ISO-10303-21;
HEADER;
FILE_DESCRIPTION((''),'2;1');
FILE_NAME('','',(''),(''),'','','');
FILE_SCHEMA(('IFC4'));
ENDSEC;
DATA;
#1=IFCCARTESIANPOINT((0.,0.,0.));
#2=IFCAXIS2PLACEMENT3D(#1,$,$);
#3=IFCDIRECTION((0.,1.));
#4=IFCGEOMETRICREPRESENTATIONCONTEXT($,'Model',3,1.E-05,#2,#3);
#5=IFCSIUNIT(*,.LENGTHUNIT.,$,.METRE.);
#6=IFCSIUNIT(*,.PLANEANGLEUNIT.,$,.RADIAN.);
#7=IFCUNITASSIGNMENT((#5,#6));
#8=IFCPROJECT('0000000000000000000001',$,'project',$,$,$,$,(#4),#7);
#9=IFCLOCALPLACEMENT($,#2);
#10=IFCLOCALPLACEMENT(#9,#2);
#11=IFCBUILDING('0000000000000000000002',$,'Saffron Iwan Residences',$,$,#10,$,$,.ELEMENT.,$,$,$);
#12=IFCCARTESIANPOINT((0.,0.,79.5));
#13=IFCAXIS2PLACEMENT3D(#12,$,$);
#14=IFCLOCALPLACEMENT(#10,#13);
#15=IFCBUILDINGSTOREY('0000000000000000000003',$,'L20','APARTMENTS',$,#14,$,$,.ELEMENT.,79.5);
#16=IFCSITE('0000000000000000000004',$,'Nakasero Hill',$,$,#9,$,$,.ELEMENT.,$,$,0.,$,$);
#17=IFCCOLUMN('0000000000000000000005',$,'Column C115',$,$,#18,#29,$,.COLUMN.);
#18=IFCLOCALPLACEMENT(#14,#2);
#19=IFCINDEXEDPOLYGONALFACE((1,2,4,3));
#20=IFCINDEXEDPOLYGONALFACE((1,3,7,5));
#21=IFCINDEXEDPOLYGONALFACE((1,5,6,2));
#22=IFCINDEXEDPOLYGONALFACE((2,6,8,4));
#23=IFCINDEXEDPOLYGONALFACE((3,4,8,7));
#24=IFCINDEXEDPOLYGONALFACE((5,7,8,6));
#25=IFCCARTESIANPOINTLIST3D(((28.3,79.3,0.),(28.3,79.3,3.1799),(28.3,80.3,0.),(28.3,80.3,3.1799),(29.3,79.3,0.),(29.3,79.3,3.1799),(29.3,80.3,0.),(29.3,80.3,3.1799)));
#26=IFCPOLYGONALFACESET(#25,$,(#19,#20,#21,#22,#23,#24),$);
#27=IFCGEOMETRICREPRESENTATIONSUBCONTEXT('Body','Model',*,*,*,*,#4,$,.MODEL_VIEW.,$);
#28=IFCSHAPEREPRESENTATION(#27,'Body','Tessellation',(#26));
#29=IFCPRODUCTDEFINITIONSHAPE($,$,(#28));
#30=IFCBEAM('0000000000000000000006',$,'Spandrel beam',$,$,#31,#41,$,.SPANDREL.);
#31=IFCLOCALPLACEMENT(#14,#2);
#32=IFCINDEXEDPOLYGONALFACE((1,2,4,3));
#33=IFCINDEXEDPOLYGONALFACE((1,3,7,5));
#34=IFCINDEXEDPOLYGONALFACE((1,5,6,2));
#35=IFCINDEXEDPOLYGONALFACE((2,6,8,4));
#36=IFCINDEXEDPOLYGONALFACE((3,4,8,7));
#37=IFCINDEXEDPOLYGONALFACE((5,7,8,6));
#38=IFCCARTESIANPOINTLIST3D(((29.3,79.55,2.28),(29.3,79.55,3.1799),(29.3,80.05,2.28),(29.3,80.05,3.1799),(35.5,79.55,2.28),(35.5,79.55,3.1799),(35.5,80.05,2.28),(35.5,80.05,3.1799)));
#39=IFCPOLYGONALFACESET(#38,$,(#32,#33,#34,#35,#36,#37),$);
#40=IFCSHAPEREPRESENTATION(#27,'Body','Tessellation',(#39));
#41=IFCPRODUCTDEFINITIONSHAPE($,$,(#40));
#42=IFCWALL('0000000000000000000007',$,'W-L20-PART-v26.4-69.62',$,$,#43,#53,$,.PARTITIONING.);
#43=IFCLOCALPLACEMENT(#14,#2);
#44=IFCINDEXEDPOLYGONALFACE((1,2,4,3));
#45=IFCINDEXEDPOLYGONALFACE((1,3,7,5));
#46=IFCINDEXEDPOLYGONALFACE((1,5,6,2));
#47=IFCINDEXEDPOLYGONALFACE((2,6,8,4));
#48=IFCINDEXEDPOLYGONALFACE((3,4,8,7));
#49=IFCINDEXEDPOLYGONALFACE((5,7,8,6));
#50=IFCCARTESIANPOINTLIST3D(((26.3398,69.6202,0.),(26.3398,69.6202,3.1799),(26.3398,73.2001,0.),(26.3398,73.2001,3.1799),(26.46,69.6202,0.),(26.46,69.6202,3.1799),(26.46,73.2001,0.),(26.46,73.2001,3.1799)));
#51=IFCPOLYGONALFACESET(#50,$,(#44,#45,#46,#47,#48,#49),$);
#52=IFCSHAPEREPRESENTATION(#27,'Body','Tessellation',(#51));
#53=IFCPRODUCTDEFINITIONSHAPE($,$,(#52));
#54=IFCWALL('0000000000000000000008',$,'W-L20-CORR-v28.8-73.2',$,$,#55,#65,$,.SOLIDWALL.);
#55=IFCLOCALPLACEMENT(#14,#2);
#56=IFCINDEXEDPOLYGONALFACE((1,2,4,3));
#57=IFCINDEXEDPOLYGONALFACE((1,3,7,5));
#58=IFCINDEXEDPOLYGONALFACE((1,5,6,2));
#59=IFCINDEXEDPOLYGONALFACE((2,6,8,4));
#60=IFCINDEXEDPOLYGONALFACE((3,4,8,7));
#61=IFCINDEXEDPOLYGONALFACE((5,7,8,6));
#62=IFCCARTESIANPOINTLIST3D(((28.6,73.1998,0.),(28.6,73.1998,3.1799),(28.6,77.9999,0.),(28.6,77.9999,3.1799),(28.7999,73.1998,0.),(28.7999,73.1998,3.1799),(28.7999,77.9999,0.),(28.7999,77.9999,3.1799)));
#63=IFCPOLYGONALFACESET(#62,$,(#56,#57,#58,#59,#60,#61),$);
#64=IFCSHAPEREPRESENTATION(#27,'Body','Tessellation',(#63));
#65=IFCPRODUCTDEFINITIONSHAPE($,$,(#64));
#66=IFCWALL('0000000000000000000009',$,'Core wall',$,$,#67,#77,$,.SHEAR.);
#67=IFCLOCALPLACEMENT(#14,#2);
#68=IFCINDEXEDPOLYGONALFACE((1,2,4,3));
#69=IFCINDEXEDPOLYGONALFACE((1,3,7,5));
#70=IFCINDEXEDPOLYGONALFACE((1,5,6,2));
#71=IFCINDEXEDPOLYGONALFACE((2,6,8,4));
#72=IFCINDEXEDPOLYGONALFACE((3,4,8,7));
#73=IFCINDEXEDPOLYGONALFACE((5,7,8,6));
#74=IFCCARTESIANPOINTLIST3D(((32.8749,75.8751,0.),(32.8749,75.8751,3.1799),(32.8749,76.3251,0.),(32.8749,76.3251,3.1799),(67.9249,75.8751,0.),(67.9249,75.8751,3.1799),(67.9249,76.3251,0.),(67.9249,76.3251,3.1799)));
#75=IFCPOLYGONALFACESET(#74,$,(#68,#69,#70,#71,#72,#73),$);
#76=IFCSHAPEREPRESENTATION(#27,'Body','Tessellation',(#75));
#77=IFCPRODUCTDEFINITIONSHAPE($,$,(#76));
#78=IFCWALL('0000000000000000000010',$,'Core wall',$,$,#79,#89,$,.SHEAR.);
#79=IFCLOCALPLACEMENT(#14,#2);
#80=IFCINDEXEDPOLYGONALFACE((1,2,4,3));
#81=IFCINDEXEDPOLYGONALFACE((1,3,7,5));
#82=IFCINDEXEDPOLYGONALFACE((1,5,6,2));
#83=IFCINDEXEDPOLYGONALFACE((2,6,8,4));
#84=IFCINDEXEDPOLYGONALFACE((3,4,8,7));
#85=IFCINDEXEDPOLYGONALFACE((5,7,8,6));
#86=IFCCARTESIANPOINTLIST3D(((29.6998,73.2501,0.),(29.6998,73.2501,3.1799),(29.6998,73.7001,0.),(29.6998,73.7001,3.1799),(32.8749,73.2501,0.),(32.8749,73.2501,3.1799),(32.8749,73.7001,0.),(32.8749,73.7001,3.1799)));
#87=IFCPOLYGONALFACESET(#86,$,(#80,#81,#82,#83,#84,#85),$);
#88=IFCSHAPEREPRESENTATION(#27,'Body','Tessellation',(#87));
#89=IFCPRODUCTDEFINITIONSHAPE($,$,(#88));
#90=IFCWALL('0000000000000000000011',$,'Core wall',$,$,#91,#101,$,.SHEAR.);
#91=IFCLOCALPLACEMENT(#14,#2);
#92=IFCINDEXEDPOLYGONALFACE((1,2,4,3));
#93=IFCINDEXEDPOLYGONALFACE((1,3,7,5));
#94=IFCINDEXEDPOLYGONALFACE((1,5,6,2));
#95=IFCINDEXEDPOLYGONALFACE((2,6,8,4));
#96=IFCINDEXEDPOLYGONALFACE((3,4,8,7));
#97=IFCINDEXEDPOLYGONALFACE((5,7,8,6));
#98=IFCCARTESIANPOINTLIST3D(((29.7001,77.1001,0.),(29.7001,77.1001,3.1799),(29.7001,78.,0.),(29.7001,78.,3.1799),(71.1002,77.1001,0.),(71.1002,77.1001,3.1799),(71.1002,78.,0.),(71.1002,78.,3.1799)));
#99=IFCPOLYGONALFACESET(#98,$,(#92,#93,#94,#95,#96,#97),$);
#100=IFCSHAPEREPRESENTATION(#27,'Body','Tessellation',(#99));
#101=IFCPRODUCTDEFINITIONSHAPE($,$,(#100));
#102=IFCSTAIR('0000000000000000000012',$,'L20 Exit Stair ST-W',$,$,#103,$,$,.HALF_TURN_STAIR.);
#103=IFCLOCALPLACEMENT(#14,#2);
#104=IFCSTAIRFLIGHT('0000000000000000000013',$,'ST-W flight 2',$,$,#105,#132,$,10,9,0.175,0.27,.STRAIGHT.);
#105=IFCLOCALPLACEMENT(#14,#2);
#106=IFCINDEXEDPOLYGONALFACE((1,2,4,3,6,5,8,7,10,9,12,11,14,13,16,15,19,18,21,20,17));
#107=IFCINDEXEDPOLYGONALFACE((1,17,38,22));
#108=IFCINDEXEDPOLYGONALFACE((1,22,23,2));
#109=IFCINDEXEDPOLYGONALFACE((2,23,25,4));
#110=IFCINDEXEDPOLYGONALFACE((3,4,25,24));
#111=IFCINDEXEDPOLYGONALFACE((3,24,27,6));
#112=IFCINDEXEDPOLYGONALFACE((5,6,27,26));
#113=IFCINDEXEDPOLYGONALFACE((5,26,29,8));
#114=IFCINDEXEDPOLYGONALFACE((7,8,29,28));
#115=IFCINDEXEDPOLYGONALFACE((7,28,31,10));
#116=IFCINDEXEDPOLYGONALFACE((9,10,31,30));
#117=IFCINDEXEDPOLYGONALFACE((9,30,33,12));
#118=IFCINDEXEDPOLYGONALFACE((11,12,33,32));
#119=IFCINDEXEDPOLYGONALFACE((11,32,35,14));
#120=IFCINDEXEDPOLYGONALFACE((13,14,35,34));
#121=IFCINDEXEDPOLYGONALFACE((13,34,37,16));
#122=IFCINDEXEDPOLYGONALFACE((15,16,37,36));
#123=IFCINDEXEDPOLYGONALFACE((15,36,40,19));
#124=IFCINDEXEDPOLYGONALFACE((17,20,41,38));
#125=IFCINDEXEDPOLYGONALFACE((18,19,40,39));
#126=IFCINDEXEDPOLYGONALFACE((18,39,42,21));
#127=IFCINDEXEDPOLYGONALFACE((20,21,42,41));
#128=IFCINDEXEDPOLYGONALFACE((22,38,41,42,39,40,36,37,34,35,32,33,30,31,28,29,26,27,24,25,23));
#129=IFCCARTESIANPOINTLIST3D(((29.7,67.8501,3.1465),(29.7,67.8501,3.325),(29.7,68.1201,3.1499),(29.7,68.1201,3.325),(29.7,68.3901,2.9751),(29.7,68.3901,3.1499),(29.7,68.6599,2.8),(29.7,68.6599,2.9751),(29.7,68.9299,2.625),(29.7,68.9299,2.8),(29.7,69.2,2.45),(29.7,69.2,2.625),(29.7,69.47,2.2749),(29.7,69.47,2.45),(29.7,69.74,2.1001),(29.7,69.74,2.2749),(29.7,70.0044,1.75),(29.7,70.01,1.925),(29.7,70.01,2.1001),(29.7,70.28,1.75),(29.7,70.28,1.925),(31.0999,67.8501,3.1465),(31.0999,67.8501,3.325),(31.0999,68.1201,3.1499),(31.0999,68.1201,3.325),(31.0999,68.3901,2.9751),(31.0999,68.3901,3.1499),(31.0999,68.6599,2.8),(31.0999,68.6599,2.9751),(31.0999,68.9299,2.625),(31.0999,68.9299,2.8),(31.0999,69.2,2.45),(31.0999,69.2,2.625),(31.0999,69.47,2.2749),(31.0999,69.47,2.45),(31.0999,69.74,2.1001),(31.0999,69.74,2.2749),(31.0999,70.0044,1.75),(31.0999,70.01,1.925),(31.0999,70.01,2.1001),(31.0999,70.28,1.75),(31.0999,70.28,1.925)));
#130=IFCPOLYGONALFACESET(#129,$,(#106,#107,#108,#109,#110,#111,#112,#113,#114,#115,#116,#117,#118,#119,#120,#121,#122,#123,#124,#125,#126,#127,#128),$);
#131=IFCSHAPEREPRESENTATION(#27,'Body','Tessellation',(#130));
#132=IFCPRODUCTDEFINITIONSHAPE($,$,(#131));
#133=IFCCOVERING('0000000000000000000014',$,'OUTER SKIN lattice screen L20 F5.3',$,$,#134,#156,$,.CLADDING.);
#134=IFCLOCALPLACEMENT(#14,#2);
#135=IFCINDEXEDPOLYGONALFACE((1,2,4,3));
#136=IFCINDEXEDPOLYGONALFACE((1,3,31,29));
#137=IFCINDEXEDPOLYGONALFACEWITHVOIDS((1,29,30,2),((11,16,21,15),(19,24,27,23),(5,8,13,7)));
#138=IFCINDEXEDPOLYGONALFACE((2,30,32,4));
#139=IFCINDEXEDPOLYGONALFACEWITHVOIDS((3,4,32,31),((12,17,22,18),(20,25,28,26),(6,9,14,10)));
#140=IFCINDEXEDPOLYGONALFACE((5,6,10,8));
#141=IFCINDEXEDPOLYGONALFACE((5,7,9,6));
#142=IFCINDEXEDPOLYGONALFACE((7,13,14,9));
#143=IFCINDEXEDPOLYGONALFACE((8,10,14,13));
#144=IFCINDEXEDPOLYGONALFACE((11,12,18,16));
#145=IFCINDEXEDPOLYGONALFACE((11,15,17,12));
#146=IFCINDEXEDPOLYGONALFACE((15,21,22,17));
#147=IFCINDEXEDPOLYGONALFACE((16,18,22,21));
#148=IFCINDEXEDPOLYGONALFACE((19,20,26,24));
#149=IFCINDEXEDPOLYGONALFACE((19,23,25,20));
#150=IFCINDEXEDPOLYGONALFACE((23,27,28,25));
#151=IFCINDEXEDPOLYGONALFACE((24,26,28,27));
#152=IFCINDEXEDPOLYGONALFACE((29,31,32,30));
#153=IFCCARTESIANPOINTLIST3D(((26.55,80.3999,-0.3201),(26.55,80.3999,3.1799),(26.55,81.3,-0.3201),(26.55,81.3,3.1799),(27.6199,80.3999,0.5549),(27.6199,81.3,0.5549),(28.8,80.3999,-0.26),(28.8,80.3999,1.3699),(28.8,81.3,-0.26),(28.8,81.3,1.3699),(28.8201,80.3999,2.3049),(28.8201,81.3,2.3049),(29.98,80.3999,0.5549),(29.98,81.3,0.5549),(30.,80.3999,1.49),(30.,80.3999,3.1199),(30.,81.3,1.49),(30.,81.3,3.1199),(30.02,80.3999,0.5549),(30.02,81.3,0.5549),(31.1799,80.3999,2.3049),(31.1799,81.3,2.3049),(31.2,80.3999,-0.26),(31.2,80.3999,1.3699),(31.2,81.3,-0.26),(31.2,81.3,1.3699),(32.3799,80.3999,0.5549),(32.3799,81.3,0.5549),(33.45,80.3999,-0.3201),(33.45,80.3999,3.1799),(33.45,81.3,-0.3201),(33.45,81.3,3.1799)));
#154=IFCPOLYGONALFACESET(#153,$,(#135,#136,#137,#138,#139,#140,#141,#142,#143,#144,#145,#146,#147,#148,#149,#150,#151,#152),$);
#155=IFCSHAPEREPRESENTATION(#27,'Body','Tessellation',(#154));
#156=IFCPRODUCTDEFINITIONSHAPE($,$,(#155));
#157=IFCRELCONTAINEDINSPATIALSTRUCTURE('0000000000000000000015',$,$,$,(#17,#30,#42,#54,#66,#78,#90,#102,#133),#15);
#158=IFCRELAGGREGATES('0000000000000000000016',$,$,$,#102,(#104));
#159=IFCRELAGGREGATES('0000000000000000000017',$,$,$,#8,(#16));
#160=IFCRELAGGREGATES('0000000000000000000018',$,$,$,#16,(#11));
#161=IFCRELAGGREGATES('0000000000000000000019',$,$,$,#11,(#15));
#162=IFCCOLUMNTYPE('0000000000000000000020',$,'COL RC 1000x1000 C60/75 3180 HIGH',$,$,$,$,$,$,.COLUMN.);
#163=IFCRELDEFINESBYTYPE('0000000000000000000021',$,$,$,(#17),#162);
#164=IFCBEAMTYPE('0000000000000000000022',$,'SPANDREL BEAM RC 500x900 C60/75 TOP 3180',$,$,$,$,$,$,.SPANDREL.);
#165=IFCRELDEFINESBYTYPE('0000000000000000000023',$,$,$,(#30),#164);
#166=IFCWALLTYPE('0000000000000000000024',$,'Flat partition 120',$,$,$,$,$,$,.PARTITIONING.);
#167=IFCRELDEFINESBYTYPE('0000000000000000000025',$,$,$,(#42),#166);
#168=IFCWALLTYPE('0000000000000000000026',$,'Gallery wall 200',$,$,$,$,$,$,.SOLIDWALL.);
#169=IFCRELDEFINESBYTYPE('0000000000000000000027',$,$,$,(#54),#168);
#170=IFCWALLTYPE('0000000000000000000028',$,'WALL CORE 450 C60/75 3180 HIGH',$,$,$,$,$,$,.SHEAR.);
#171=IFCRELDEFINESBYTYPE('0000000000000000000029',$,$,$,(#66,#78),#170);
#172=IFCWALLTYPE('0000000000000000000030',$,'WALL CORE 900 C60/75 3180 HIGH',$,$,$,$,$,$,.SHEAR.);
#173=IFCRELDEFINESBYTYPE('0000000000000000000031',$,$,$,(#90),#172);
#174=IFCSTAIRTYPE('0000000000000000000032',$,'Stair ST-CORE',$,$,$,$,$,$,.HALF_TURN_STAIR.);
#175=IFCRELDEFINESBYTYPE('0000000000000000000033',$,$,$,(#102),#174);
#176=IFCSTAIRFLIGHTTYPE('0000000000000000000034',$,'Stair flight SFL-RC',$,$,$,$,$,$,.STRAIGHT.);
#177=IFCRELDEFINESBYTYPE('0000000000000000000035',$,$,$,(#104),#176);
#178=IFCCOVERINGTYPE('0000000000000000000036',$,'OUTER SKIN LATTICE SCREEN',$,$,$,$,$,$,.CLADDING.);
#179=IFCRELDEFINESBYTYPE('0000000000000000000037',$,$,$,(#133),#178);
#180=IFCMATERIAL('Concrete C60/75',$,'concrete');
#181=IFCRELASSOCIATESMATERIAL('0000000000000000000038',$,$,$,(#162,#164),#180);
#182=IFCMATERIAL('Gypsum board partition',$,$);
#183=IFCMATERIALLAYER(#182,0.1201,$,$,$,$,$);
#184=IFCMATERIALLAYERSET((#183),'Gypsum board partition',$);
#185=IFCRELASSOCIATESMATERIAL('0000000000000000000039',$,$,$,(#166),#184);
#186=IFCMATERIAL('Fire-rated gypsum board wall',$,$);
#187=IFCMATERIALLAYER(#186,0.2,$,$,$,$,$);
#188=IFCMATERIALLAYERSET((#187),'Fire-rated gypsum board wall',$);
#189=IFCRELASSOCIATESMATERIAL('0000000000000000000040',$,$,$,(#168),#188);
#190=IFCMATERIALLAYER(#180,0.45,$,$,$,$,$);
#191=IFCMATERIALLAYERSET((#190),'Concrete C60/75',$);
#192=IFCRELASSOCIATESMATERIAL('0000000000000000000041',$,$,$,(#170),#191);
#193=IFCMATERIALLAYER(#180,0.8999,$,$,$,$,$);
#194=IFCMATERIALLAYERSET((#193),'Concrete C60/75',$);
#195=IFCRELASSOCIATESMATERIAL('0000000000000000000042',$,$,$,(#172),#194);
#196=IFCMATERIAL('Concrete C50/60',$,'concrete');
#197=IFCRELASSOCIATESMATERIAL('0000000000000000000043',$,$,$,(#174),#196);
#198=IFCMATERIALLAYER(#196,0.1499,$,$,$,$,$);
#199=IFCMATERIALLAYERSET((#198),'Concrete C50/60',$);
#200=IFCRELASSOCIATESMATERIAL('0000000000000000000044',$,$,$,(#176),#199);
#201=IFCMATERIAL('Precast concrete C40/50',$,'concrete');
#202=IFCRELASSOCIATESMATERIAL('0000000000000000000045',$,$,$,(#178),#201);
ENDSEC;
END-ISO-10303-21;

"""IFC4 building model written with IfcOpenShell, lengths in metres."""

from ifc_helpers import new_model, si_unit, direction, frame, frame_2d, origin, origin_2d, place, context, subcontext, project, spatial, polyline, rectangle, outline, extrude, source, transform, mapped, material, layer, layer_set, material_profile, profile_set, type_object, element, aggregate, save


model = new_model("IFC4")

# Units and contexts
model_context = context("Model", 3, precision=1e-05, world=origin(), true_north=direction((0.0, 1.0)))
body_context = subcontext(model_context, "Body", "Model", "MODEL_VIEW")
ifc_project = project(units=[si_unit("LENGTHUNIT", "METRE"), si_unit("PLANEANGLEUNIT", "RADIAN")], contexts=[model_context])

# Site, building, storey
site_placement = place(None, origin())
site = spatial("IfcSite", under=ifc_project, at=site_placement, Name="Nakasero Hill", CompositionType="ELEMENT", RefElevation=0.0)
building_placement = place(site_placement, origin())
building = spatial("IfcBuilding", under=site, at=building_placement, Name="Saffron Iwan Residences", CompositionType="ELEMENT")
storey_placement = place(building_placement, frame((0.0, 0.0, 79.5)))
storey = spatial("IfcBuildingStorey", under=building, at=storey_placement, Name="L20", Description="APARTMENTS", CompositionType="ELEMENT", Elevation=79.5)

# Column
ifc_material_1 = material(Name="Concrete C60/75", Category="concrete")
ifc_material_profile_1 = material_profile(ifc_material_1, rectangle(XDim=1.0, YDim=1.0, at=origin_2d()), Name="RC 1000x1000")
ifc_profile_set_1 = profile_set([ifc_material_profile_1], Name="Concrete C60/75")
column_type = type_object("IfcColumnType", Name="COL RC 1000x1000 C60/75 3180 HIGH", PredefinedType="COLUMN", material=ifc_profile_set_1)
shared_shape_1 = source(origin(), body_context, "Body", "SweptSolid", [
    extrude(rectangle(XDim=1.0, YDim=1.0, at=origin_2d()), origin(), (0.0, 0.0, 1.0), 3.1799),
])
column_placement = place(storey_placement, frame((28.8, 79.8, 0.0), z_axis=(0.0, 0.0, 1.0), x_axis=(1.0, 0.0, 0.0)))
element("IfcColumn", 1, at=column_placement, inside=storey, type_object=column_type, Name="Column C115", PredefinedType="COLUMN", context=body_context, shape_type="MappedRepresentation", body=[
    mapped(shared_shape_1, transform((0.0, 0.0, 0.0))),
])

# Beam
ifc_material_profile_2 = material_profile(ifc_material_1, rectangle(XDim=0.5, YDim=0.8999, at=origin_2d()), Name="RC 500x900")
ifc_profile_set_2 = profile_set([ifc_material_profile_2], Name="Concrete C60/75")
beam_type = type_object("IfcBeamType", Name="SPANDREL BEAM RC 500x900 C60/75 TOP 3180", PredefinedType="SPANDREL", material=ifc_profile_set_2)
shared_shape_2 = source(origin(), body_context, "Body", "SweptSolid", [
    extrude(rectangle(XDim=0.5, YDim=0.8999, at=origin_2d()), origin(), (0.0, 0.0, 1.0), 6.2),
])
beam_placement = place(storey_placement, frame((29.3, 79.8, 2.73), z_axis=(1.0, 0.0, 0.0), x_axis=(0.0, 1.0, 0.0)))
element("IfcBeam", 2, at=beam_placement, inside=storey, type_object=beam_type, Name="Spandrel beam", PredefinedType="SPANDREL", context=body_context, shape_type="MappedRepresentation", body=[
    mapped(shared_shape_2, transform((0.0, 0.0, 0.0))),
])

# Walls
ifc_material_2 = material(Name="Gypsum board partition")
ifc_layer_1 = layer(ifc_material_2, 0.1201)
ifc_layer_set_1 = layer_set([ifc_layer_1], Name="Gypsum board partition")
wall_type_1 = type_object("IfcWallType", Name="Flat partition 120", PredefinedType="PARTITIONING", material=ifc_layer_set_1)
wall_1_placement = place(storey_placement, frame((26.3999, 69.6201, 0.0), z_axis=(0.0, 0.0, 1.0), x_axis=(0.0, 1.0, 0.0)))
element("IfcWall", 3, at=wall_1_placement, inside=storey, type_object=wall_type_1, Name="W-L20-PART-v26.4-69.62", PredefinedType="PARTITIONING", context=body_context, shape_type="SweptSolid", body=[
    extrude(rectangle(XDim=3.5798, YDim=0.1201, at=frame_2d((1.79, 0.0))), origin(), (0.0, 0.0, 1.0), 3.1799),
])
ifc_material_3 = material(Name="Fire-rated gypsum board wall")
ifc_layer_2 = layer(ifc_material_3, 0.2)
ifc_layer_set_2 = layer_set([ifc_layer_2], Name="Fire-rated gypsum board wall")
wall_type_2 = type_object("IfcWallType", Name="Gallery wall 200", PredefinedType="SOLIDWALL", material=ifc_layer_set_2)
wall_2_placement = place(storey_placement, frame((28.7, 73.2, 0.0), z_axis=(0.0, 0.0, 1.0), x_axis=(0.0, 1.0, 0.0)))
element("IfcWall", 4, at=wall_2_placement, inside=storey, type_object=wall_type_2, Name="W-L20-CORR-v28.8-73.2", PredefinedType="SOLIDWALL", context=body_context, shape_type="SweptSolid", body=[
    extrude(rectangle(XDim=4.8, YDim=0.2, at=frame_2d((2.3999, 0.0))), origin(), (0.0, 0.0, 1.0), 3.1799),
])

# Shared definitions
ifc_layer_3 = layer(ifc_material_1, 0.45)
ifc_layer_set_3 = layer_set([ifc_layer_3], Name="Concrete C60/75")
wall_type_3 = type_object("IfcWallType", Name="WALL CORE 450 C60/75 3180 HIGH", PredefinedType="SHEAR", material=ifc_layer_set_3)

# Walls
wall_3_placement = place(storey_placement, frame((32.875, 76.1001, 0.0), z_axis=(0.0, 0.0, 1.0), x_axis=(1.0, 0.0, 0.0)))
element("IfcWall", 5, at=wall_3_placement, inside=storey, type_object=wall_type_3, Name="Core wall", PredefinedType="SHEAR", context=body_context, shape_type="SweptSolid", body=[
    extrude(rectangle(XDim=35.05, YDim=0.45, at=frame_2d((17.5249, 0.0))), origin(), (0.0, 0.0, 1.0), 3.1799),
])
wall_4_placement = place(storey_placement, frame((29.7, 73.4751, 0.0), z_axis=(0.0, 0.0, 1.0), x_axis=(1.0, 0.0, 0.0)))
element("IfcWall", 6, at=wall_4_placement, inside=storey, type_object=wall_type_3, Name="Core wall", PredefinedType="SHEAR", context=body_context, shape_type="SweptSolid", body=[
    extrude(rectangle(XDim=3.175, YDim=0.45, at=frame_2d((1.5874, 0.0))), origin(), (0.0, 0.0, 1.0), 3.1799),
])
ifc_layer_4 = layer(ifc_material_1, 0.8999)
ifc_layer_set_4 = layer_set([ifc_layer_4], Name="Concrete C60/75")
wall_type_4 = type_object("IfcWallType", Name="WALL CORE 900 C60/75 3180 HIGH", PredefinedType="SHEAR", material=ifc_layer_set_4)
wall_5_placement = place(storey_placement, frame((29.7, 77.55, 0.0), z_axis=(0.0, 0.0, 1.0), x_axis=(1.0, 0.0, 0.0)))
element("IfcWall", 7, at=wall_5_placement, inside=storey, type_object=wall_type_4, Name="Core wall", PredefinedType="SHEAR", context=body_context, shape_type="SweptSolid", body=[
    extrude(rectangle(XDim=41.4001, YDim=0.8999, at=frame_2d((20.7002, 0.0))), origin(), (0.0, 0.0, 1.0), 3.1799),
])

# Stair, stair flight
ifc_material_4 = material(Name="Concrete C50/60", Category="concrete")
stair_type = type_object("IfcStairType", Name="Stair ST-CORE", PredefinedType="HALF_TURN_STAIR", material=ifc_material_4)
stair_placement = place(storey_placement, origin())
stair = element("IfcStair", 8, at=stair_placement, inside=storey, type_object=stair_type, Name="L20 Exit Stair ST-W", PredefinedType="HALF_TURN_STAIR")
ifc_layer_5 = layer(ifc_material_4, 0.1499)
ifc_layer_set_5 = layer_set([ifc_layer_5], Name="Concrete C50/60")
stair_flight_type = type_object("IfcStairFlightType", Name="Stair flight SFL-RC", PredefinedType="STRAIGHT", material=ifc_layer_set_5)
stair_flight_placement = place(storey_placement, frame((30.3999, 70.28, 1.75), z_axis=(0.0, 0.0, 1.0), x_axis=(0.0, -1.0, 0.0)))
stair_flight = element("IfcStairFlight", 9, at=stair_flight_placement, type_object=stair_flight_type, Name="ST-W flight 2", NumberOfRisers=10, NumberOfTreads=9, PredefinedType="STRAIGHT", RiserHeight=0.175, TreadLength=0.27, context=body_context, shape_type="SweptSolid", body=[
    extrude(outline(polyline([(0.0, 0.0), (0.0, 0.175), (0.27, 0.175), (0.27, 0.3501), (0.54, 0.3501), (0.54, 0.5249), (0.8101, 0.5249), (0.8101, 0.7), (1.0801, 0.7), (1.0801, 0.875), (1.3501, 0.875), (1.3501, 1.05), (1.6201, 1.05), (1.6201, 1.2251), (1.8899, 1.2251), (1.8899, 1.3999), (2.1599, 1.3999), (2.1599, 1.575), (2.4299, 1.575), (2.4299, 1.75), (2.4299, 1.3965), (0.2756, 0.0), (0.0, 0.0)])), frame((0.0, 0.7, 0.0), z_axis=(0.0, -1.0, 0.0), x_axis=(1.0, 0.0, 0.0)), (0.0, 0.0, 1.0), 1.3999),
])
aggregate(stair, [stair_flight])

# Covering
ifc_material_5 = material(Name="Precast concrete C40/50", Category="concrete")
covering_type_1 = type_object("IfcCoveringType", Name="OUTER SKIN LATTICE SCREEN", PredefinedType="CLADDING", material=ifc_material_5)
covering_1_placement = place(storey_placement, frame((33.45, 80.3999, -0.3201), z_axis=(0.0, 1.0, 0.0), x_axis=(-1.0, 0.0, 0.0)))
element("IfcCovering", 10, at=covering_1_placement, inside=storey, type_object=covering_type_1, Name="OUTER SKIN lattice screen L20 F5.3", PredefinedType="CLADDING", context=body_context, shape_type="SweptSolid", body=[
    extrude(outline(polyline([(0.0, 0.0), (6.8999, 0.0), (6.8999, 3.5), (0.0, 3.5), (0.0, 0.0)]), holes=[polyline([(1.0701, 0.875), (2.25, 0.0601), (3.4299, 0.875), (2.25, 1.6899), (1.0701, 0.875)]), polyline([(3.47, 0.875), (4.6499, 0.0601), (5.8301, 0.875), (4.6499, 1.6899), (3.47, 0.875)]), polyline([(2.27, 2.625), (3.45, 1.8101), (4.6299, 2.625), (3.45, 3.4399), (2.27, 2.625)])]), origin(), (0.0, 0.0, 1.0), 0.9001),
])

save(model, "model.ifc")
